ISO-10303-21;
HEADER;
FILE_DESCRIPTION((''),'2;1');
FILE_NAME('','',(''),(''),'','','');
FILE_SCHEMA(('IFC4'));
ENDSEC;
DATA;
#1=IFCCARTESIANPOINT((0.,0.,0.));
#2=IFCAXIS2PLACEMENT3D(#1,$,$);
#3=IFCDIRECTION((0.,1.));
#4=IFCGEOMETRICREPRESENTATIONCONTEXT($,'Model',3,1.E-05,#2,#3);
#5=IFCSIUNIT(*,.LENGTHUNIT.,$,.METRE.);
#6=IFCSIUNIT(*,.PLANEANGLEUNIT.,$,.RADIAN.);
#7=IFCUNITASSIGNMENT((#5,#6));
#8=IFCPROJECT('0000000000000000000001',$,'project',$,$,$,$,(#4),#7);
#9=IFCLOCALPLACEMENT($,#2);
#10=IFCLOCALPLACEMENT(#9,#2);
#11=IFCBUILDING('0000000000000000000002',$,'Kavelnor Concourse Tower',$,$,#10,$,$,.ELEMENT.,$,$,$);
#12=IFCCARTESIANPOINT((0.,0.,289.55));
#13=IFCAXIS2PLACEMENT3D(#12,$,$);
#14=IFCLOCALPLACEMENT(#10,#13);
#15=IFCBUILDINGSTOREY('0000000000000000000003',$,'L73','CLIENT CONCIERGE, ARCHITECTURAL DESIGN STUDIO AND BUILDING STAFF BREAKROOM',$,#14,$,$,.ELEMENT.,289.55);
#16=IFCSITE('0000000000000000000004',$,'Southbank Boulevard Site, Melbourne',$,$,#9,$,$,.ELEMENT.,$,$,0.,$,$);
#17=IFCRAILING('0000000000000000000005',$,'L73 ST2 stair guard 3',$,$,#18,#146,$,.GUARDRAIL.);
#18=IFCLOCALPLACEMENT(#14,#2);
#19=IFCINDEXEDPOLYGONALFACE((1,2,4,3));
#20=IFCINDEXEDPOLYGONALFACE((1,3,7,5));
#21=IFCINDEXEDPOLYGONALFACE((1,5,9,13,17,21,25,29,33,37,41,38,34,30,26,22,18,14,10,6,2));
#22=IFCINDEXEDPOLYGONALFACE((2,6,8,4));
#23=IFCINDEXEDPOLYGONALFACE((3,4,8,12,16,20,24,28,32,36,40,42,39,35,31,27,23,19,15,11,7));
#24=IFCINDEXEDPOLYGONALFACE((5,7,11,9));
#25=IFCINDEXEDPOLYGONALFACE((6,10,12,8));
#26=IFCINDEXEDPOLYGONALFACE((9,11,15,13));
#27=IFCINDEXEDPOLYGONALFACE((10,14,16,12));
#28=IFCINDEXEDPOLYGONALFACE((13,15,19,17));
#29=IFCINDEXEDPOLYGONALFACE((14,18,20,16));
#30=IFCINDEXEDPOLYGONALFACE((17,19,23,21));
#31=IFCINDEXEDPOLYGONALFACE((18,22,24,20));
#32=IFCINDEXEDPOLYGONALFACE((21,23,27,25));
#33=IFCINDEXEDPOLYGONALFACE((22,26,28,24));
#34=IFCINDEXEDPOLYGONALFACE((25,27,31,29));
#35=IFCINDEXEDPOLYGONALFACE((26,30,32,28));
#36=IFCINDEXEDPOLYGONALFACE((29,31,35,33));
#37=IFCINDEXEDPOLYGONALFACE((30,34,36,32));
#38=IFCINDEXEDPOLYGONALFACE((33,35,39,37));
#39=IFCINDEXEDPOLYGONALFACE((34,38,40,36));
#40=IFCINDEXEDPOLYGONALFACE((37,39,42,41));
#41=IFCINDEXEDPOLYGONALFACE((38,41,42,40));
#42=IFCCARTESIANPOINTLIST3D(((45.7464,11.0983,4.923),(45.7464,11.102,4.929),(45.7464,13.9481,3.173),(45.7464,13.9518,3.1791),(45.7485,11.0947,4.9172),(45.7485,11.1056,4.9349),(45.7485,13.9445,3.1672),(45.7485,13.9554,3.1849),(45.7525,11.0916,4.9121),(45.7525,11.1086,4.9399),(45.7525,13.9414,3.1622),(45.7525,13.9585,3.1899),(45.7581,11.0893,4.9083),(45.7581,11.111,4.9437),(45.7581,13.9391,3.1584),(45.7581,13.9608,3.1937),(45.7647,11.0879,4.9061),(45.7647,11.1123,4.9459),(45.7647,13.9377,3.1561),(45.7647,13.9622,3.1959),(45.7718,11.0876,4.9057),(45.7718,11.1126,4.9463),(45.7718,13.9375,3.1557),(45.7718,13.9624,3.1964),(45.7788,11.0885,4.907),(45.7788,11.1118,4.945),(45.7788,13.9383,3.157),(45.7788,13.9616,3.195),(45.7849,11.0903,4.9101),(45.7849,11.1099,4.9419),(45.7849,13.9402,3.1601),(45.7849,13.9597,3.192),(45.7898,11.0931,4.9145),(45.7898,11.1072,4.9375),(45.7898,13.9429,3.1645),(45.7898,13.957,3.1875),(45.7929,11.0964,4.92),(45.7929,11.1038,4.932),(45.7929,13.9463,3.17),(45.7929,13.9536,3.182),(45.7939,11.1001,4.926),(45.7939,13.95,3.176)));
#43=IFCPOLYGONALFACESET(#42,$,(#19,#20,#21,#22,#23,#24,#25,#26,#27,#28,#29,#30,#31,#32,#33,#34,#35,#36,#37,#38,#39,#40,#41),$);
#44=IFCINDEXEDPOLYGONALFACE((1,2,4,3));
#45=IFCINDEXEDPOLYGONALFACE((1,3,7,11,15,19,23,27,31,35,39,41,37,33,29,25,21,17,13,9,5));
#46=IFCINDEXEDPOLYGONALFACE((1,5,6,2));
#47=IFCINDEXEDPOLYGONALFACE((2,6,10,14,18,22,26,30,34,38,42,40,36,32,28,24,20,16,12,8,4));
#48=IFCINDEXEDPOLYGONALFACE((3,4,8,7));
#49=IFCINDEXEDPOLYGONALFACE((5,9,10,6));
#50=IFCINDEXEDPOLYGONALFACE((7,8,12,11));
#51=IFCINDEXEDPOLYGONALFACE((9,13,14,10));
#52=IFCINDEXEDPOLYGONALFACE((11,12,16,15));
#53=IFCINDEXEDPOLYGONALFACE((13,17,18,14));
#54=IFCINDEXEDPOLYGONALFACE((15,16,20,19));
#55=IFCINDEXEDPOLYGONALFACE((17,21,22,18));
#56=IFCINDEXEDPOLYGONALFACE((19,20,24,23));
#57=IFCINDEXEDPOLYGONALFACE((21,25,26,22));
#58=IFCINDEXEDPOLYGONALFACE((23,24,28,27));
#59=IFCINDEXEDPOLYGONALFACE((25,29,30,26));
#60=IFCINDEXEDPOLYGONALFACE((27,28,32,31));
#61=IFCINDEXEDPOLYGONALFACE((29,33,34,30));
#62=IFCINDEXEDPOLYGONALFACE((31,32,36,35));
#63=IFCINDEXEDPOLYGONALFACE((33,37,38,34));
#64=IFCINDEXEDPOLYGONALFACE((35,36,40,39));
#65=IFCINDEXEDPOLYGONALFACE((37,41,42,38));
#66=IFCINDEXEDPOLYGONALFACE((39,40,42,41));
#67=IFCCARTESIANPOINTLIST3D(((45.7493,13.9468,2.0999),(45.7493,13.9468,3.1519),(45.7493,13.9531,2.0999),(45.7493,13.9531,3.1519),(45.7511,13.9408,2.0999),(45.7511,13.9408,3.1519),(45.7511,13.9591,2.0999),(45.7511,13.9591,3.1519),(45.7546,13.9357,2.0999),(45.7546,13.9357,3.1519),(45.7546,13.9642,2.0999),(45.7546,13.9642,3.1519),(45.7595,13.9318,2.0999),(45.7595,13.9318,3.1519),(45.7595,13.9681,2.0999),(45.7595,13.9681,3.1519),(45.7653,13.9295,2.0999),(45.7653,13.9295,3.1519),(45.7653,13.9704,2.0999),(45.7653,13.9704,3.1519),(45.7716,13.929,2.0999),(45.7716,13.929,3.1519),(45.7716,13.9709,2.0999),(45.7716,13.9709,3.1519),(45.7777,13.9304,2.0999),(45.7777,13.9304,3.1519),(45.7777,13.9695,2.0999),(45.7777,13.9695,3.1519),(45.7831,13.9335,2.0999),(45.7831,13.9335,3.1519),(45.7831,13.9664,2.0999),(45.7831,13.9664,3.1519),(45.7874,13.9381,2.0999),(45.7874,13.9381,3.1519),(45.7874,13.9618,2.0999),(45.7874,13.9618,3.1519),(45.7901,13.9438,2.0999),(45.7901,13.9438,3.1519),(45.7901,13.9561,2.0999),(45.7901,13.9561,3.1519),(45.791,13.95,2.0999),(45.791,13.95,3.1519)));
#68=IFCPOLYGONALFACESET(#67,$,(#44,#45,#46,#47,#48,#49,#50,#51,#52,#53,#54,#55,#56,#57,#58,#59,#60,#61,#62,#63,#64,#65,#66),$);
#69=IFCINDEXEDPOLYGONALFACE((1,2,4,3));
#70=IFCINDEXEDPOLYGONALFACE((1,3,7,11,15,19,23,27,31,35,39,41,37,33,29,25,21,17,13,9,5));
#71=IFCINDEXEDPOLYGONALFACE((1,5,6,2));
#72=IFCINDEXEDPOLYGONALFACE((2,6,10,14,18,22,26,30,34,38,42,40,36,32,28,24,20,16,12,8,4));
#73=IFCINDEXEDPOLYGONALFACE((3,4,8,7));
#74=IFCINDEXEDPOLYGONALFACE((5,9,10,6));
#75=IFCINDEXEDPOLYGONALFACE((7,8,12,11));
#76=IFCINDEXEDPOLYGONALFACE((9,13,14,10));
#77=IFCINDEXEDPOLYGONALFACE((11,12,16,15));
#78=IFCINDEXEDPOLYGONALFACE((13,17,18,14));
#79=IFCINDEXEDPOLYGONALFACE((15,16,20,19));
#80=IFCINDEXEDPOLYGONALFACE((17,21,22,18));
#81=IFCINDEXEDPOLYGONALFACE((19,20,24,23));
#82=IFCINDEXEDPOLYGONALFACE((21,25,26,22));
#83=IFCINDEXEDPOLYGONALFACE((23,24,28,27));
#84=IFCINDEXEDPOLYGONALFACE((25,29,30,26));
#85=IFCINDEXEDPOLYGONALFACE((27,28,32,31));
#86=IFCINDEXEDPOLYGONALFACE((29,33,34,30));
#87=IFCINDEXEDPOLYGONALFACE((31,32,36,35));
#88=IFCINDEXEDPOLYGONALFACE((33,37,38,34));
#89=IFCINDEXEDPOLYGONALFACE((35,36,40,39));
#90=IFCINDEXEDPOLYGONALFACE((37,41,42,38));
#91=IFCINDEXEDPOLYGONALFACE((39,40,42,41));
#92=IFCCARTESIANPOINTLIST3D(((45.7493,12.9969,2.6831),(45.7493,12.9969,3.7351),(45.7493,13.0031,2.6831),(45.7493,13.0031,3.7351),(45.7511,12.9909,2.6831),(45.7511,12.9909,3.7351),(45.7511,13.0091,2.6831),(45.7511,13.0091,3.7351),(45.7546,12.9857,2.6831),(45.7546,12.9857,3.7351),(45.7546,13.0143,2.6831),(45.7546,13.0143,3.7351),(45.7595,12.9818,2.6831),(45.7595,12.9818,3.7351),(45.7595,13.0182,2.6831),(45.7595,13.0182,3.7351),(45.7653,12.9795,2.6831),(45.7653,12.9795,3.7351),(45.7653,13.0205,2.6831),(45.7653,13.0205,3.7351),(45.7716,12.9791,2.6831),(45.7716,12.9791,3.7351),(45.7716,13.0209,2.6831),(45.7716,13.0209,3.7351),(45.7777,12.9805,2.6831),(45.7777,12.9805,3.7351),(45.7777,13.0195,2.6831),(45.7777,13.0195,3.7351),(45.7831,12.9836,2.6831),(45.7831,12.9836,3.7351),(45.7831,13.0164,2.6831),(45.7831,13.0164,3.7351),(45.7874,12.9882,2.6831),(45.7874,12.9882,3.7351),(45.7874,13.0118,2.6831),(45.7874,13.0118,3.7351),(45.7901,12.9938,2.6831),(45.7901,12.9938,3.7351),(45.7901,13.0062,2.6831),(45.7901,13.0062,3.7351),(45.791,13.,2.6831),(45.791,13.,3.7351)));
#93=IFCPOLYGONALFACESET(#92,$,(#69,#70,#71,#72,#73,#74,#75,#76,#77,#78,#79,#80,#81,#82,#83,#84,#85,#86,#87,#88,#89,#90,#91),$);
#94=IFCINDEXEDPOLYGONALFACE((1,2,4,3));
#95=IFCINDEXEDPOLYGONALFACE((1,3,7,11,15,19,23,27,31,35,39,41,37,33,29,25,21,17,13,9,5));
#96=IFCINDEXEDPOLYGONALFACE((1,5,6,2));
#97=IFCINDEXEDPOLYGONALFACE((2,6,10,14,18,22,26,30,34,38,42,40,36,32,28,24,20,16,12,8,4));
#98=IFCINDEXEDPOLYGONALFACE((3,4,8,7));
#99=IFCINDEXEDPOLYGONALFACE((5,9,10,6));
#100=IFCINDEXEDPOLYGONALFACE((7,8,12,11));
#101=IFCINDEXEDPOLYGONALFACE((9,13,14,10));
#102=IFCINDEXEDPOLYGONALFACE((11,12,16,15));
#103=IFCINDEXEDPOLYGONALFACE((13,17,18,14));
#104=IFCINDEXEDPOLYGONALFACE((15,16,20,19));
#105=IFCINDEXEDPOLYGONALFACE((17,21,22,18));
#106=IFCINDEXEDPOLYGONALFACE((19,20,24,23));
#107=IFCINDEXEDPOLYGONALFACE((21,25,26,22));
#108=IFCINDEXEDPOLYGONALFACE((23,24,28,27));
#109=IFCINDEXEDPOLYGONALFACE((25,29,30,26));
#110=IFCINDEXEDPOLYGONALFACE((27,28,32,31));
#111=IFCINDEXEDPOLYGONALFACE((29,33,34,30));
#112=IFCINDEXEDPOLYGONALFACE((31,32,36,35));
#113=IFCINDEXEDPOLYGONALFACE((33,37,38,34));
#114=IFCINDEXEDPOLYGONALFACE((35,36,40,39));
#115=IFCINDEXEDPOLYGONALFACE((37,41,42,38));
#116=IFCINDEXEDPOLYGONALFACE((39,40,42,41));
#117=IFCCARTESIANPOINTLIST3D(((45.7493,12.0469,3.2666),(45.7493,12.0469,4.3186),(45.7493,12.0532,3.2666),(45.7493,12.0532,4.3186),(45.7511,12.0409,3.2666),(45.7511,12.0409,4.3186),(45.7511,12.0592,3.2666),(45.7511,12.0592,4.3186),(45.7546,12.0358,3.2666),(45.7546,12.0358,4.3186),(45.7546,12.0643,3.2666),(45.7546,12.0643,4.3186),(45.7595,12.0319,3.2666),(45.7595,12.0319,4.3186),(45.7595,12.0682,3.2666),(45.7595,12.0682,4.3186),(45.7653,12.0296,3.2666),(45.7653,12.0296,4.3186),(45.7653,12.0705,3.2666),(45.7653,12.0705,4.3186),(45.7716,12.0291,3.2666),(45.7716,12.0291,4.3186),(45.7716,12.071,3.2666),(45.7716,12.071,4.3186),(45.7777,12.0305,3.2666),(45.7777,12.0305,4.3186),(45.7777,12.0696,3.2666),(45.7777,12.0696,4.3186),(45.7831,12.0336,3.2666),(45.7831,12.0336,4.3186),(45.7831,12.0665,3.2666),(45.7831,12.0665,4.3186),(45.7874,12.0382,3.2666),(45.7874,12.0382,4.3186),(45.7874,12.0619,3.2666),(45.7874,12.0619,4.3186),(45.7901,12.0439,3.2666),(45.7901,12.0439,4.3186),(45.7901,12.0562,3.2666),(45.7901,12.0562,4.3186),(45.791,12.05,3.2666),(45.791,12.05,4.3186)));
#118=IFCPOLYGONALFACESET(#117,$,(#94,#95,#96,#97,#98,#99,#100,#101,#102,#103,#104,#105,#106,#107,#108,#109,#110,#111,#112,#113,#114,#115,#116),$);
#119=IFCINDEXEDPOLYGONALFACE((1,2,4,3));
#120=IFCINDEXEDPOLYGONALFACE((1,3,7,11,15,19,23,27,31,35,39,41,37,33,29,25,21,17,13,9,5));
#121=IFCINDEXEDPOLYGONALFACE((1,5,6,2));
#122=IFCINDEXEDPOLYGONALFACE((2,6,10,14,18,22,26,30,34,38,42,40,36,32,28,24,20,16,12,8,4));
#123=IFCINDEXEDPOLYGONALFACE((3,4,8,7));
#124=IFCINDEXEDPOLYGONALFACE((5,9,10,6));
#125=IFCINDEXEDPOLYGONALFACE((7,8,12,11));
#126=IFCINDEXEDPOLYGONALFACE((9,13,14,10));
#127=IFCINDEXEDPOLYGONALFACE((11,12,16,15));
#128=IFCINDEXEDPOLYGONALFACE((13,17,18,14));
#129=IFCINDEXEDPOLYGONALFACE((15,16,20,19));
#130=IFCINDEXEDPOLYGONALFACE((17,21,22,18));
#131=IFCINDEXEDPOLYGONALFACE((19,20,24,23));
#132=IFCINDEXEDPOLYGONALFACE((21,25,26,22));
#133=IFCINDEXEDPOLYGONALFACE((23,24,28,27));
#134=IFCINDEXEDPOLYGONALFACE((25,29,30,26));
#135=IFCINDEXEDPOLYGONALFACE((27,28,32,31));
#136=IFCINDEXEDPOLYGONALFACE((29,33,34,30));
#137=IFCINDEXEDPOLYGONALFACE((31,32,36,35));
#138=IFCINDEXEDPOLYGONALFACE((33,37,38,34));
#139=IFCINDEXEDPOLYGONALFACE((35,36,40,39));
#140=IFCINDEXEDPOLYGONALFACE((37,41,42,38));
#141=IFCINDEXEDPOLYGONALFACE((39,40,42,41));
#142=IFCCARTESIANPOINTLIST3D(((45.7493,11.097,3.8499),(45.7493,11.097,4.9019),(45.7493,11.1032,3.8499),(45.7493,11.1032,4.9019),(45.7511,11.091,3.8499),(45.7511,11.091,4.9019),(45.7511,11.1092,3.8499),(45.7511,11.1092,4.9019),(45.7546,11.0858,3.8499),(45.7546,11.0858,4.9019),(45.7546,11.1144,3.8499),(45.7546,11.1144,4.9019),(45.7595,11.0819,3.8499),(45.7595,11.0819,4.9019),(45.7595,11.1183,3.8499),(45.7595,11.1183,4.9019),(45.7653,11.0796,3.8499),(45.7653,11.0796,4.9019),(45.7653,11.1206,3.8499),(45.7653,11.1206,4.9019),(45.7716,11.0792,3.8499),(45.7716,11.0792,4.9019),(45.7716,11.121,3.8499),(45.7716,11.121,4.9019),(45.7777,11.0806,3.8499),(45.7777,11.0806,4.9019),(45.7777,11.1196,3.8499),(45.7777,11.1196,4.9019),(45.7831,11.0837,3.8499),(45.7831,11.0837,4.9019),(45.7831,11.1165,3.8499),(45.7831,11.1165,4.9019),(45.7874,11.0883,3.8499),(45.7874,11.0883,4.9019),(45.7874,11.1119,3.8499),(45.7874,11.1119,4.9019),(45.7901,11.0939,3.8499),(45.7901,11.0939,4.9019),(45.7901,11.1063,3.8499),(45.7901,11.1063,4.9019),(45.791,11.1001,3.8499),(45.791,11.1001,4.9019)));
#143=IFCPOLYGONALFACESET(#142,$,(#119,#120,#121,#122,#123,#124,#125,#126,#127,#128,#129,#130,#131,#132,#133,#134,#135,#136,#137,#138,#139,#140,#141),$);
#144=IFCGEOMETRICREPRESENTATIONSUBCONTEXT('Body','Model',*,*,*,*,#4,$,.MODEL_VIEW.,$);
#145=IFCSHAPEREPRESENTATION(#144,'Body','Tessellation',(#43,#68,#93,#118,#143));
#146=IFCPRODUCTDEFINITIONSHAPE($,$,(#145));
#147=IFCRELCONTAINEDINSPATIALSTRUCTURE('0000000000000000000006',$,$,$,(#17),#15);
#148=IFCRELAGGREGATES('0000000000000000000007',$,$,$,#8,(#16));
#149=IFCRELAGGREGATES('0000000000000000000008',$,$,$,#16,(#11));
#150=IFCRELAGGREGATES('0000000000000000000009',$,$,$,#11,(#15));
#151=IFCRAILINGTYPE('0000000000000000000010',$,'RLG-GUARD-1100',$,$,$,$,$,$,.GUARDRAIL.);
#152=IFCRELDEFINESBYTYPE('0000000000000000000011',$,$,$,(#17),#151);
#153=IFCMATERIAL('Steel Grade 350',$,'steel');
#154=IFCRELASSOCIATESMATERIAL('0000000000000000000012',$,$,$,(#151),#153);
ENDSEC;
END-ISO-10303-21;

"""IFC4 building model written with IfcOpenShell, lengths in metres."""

from ifc_helpers import new_model, si_unit, direction, frame, origin, origin_2d, place, context, subcontext, project, spatial, circle, extrude, material, type_object, element, save


model = new_model("IFC4")

# Units and contexts
model_context = context("Model", 3, precision=1e-05, world=origin(), true_north=direction((0.0, 1.0)))
body_context = subcontext(model_context, "Body", "Model", "MODEL_VIEW")
ifc_project = project(units=[si_unit("LENGTHUNIT", "METRE"), si_unit("PLANEANGLEUNIT", "RADIAN")], contexts=[model_context])

# Site, building, storey
site_placement = place(None, origin())
site = spatial("IfcSite", under=ifc_project, at=site_placement, Name="Southbank Boulevard Site, Melbourne", CompositionType="ELEMENT", RefElevation=0.0)
building_placement = place(site_placement, origin())
building = spatial("IfcBuilding", under=site, at=building_placement, Name="Kavelnor Concourse Tower", CompositionType="ELEMENT")
storey_placement = place(building_placement, frame((0.0, 0.0, 289.55)))
storey = spatial("IfcBuildingStorey", under=building, at=storey_placement, Name="L73", Description="CLIENT CONCIERGE, ARCHITECTURAL DESIGN STUDIO AND BUILDING STAFF BREAKROOM", CompositionType="ELEMENT", Elevation=289.55)

# Shared definitions
ifc_material_1 = material(Name="Steel Grade 350", Category="steel")

# Railing
railing_type_1 = type_object("IfcRailingType", Name="RLG-GUARD-1100", PredefinedType="GUARDRAIL", material=ifc_material_1)
railing_1_placement = place(storey_placement, frame((45.77, 13.95, 2.0999)))
element("IfcRailing", 1, at=railing_1_placement, inside=storey, type_object=railing_type_1, Name="L73 ST2 stair guard 3", PredefinedType="GUARDRAIL", context=body_context, shape_type="SweptSolid", body=[
    extrude(circle(Radius=0.0239, at=origin_2d()), frame((0.0, 0.0, 1.0762), z_axis=(0.0, -0.852159, 0.523283), x_axis=(1.0, 0.0, 0.0)), (0.0, 0.0, 1.0), 3.3442),
    extrude(circle(Radius=0.021, at=origin_2d()), origin(), (0.0, 0.0, 1.0), 1.052),
    extrude(circle(Radius=0.021, at=origin_2d()), frame((0.0, -0.95, 0.5833)), (0.0, 0.0, 1.0), 1.052),
    extrude(circle(Radius=0.021, at=origin_2d()), frame((0.0, -1.8999, 1.1667)), (0.0, 0.0, 1.0), 1.052),
    extrude(circle(Radius=0.021, at=origin_2d()), frame((0.0, -2.8499, 1.75)), (0.0, 0.0, 1.0), 1.052),
])

save(model, "model.ifc")
